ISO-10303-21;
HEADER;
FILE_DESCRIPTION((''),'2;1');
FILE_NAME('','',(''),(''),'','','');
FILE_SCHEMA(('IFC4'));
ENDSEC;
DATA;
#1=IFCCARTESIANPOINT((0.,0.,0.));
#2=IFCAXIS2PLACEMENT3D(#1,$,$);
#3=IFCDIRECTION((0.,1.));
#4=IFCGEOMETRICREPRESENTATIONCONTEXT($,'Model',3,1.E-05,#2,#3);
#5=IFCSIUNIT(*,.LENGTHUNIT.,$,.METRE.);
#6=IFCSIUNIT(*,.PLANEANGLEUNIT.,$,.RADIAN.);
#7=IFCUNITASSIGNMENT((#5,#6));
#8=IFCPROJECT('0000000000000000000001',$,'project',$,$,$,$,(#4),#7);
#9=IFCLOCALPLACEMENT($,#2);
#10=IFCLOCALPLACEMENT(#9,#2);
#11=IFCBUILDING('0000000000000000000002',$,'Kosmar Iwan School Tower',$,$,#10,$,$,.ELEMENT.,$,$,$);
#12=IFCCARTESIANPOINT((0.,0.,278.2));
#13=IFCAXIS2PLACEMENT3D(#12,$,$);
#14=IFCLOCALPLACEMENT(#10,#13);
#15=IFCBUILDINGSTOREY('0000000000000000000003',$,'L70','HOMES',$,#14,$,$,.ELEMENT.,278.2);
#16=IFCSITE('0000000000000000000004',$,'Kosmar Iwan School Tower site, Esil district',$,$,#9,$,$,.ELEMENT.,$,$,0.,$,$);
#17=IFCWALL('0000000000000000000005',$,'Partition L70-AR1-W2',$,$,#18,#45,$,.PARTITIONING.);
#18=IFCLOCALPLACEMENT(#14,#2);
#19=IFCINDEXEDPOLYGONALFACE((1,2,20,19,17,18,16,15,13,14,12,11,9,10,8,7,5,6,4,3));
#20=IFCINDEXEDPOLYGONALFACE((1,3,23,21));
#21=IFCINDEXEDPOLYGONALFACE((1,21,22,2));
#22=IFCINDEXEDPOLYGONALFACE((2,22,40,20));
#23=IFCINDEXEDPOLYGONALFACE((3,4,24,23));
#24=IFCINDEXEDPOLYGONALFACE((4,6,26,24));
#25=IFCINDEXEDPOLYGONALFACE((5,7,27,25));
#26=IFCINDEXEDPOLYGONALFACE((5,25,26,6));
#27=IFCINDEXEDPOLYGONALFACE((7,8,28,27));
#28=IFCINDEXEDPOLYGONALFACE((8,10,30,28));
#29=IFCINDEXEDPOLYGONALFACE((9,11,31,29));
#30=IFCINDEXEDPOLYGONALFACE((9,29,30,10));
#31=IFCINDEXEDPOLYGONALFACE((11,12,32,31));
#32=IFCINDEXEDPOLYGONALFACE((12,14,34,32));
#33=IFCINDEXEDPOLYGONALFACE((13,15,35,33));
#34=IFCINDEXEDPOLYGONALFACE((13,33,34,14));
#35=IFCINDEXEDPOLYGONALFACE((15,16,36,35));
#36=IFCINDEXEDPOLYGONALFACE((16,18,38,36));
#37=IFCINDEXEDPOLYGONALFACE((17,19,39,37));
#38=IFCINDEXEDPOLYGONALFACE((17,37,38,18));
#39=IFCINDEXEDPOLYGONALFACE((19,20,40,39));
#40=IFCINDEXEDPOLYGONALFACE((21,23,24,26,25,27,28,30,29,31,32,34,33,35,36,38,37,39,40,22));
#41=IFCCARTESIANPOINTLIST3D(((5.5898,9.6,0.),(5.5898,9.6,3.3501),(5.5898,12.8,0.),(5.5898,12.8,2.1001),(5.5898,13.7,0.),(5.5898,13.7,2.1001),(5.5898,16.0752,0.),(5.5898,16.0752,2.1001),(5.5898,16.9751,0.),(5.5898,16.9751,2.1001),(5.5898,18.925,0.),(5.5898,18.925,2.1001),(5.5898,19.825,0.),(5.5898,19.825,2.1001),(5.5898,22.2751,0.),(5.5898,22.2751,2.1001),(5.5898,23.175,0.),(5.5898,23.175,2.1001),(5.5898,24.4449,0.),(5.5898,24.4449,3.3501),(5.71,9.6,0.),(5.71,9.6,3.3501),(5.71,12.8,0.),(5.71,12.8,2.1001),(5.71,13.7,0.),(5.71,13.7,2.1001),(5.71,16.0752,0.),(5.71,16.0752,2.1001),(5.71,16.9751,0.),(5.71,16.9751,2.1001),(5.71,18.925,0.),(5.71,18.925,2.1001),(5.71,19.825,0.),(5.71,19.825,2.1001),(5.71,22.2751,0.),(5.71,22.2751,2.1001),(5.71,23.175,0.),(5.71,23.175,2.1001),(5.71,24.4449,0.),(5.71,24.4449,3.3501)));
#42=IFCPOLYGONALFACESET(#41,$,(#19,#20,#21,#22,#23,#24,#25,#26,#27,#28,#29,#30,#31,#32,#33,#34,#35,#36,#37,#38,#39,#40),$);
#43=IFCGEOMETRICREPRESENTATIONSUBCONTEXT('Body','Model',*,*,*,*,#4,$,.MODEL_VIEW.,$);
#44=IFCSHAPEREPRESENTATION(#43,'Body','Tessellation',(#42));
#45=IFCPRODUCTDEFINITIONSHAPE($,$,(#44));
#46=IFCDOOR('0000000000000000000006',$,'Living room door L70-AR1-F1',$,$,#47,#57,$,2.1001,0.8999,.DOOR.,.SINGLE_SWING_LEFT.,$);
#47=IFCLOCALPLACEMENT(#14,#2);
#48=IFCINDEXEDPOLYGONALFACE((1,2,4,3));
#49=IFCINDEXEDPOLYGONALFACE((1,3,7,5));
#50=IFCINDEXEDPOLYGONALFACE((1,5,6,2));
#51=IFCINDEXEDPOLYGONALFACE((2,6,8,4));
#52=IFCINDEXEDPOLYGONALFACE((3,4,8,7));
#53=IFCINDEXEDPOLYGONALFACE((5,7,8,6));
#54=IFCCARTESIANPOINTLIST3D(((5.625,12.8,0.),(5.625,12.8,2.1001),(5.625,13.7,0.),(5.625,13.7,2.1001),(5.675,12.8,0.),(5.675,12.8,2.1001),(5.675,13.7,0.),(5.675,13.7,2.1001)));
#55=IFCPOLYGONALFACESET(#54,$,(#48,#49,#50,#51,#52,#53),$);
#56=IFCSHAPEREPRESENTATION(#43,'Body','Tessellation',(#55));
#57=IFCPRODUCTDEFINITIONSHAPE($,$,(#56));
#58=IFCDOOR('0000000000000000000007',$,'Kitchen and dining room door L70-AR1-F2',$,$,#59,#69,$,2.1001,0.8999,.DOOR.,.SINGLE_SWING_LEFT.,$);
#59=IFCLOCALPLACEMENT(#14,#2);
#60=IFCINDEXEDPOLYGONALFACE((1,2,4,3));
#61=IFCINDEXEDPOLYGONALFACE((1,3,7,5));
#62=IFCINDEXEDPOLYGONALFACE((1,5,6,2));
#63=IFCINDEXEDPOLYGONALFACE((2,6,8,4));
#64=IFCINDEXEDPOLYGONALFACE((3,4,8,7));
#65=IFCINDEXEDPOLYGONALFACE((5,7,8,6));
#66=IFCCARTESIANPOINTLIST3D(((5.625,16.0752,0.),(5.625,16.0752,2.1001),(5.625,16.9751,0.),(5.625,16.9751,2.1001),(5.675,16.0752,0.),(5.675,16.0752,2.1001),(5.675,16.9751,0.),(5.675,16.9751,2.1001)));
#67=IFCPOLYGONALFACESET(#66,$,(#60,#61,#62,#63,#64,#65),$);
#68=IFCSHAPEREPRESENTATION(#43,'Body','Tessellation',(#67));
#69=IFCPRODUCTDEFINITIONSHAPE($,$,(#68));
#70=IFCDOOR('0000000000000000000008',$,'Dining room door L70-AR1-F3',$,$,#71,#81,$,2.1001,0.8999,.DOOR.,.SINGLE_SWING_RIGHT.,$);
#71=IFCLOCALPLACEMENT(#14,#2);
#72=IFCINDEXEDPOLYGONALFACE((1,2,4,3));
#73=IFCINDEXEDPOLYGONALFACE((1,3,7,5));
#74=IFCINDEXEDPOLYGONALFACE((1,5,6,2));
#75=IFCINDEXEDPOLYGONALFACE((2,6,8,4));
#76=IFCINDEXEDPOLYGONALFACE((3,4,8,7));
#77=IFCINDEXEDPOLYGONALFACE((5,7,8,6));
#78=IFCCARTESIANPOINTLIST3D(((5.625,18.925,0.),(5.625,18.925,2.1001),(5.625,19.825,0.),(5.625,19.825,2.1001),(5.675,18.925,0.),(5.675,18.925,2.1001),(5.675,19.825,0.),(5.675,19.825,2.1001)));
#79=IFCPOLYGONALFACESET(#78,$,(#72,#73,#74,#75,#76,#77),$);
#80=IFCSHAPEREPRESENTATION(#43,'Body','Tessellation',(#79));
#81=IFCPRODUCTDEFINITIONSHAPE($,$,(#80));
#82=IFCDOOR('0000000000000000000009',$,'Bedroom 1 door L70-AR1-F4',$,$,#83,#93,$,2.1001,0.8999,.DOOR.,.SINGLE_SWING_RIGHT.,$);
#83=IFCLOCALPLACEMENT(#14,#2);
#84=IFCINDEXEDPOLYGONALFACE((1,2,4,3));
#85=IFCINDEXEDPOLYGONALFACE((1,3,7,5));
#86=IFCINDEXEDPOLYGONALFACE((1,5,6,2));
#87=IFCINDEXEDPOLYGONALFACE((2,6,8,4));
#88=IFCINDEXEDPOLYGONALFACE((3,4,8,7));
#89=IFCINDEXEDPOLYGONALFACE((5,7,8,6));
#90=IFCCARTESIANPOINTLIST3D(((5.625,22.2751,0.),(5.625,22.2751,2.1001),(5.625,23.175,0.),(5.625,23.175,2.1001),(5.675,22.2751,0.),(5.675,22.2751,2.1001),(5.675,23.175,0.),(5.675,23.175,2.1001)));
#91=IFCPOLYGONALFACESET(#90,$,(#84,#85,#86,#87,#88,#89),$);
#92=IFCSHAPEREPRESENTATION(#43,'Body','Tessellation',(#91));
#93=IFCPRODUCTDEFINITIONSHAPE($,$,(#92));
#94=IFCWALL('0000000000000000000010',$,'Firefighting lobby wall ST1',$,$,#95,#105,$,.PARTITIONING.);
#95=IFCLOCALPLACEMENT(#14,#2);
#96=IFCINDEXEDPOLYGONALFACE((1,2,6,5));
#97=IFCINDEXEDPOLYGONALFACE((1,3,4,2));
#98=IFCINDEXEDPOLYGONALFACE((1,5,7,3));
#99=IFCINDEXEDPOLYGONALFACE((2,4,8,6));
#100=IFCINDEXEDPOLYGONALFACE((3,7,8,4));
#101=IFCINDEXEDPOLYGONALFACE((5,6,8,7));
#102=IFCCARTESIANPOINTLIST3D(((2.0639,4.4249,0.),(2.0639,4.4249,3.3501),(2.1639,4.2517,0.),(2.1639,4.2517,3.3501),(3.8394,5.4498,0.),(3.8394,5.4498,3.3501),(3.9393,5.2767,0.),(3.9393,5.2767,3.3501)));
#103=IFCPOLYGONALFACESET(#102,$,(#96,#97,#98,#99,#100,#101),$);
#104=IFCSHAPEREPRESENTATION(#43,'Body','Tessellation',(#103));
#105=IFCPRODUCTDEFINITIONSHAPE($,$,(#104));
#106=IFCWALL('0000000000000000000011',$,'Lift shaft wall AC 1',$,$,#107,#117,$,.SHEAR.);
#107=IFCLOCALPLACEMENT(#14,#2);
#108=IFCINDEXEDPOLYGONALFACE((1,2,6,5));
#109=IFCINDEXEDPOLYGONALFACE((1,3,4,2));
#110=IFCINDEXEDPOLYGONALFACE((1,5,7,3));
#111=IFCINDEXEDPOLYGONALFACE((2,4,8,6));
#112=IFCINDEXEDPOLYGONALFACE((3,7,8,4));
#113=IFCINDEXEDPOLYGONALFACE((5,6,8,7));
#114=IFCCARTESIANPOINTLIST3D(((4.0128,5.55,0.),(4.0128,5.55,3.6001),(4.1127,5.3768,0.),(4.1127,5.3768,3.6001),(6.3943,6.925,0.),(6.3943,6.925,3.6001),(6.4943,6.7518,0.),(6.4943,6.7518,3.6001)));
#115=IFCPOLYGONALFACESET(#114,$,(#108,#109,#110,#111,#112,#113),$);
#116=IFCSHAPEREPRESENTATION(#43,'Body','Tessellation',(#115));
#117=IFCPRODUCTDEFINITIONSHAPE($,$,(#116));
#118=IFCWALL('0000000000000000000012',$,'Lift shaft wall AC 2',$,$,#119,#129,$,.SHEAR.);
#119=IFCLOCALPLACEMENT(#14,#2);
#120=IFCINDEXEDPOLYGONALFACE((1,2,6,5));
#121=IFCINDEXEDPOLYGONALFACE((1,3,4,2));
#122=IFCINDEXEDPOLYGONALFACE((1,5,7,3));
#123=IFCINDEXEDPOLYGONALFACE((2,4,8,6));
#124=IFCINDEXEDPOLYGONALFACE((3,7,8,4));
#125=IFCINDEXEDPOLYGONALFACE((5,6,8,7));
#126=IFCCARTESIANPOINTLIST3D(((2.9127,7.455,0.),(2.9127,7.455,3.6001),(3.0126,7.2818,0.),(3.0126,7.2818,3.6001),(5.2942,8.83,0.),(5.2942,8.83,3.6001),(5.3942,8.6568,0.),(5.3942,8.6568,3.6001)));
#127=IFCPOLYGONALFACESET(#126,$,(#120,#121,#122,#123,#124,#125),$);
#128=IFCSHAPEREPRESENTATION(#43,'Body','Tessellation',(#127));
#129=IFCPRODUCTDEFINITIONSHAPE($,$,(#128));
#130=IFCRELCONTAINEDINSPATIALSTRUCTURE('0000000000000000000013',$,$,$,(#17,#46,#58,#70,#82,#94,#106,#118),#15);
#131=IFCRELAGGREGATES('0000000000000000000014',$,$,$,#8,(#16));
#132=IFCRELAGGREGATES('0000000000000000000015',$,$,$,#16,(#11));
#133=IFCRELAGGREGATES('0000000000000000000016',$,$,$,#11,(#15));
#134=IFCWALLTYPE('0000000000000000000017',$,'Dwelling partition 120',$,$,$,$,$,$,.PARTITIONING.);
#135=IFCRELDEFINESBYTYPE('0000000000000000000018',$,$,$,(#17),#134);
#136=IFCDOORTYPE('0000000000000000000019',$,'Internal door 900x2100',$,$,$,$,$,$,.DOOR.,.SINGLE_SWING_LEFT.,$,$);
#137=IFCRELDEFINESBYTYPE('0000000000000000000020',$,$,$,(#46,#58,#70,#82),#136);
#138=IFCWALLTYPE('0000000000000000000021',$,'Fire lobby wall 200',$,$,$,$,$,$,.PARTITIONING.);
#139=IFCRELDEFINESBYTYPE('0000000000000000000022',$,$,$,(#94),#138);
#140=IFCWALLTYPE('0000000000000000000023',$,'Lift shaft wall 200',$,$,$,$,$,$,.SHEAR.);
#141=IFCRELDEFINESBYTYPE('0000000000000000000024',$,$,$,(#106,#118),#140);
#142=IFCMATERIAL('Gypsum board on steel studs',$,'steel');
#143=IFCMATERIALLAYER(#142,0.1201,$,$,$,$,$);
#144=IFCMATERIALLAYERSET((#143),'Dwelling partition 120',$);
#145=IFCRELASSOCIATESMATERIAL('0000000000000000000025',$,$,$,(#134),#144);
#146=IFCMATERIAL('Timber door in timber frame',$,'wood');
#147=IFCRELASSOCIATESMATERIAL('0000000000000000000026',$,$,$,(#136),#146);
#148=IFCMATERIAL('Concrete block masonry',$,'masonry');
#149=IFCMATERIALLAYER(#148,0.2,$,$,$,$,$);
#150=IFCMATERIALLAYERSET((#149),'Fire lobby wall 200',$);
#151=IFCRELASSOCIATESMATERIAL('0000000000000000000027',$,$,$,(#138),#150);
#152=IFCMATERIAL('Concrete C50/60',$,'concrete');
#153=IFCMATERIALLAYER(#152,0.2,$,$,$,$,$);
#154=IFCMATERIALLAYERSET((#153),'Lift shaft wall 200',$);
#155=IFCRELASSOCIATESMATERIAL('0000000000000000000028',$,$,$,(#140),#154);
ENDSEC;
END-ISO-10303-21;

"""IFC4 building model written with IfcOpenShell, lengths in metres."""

from ifc_helpers import new_model, si_unit, direction, frame, frame_2d, origin, place, context, subcontext, project, spatial, rectangle, extrude, material, layer, layer_set, type_object, element, fill, save


model = new_model("IFC4")

# Units and contexts
model_context = context("Model", 3, precision=1e-05, world=origin(), true_north=direction((0.0, 1.0)))
body_context = subcontext(model_context, "Body", "Model", "MODEL_VIEW")
ifc_project = project(units=[si_unit("LENGTHUNIT", "METRE"), si_unit("PLANEANGLEUNIT", "RADIAN")], contexts=[model_context])

# Site, building, storey
site_placement = place(None, origin())
site = spatial("IfcSite", under=ifc_project, at=site_placement, Name="Kosmar Iwan School Tower site, Esil district", CompositionType="ELEMENT", RefElevation=0.0)
building_placement = place(site_placement, origin())
building = spatial("IfcBuilding", under=site, at=building_placement, Name="Kosmar Iwan School Tower", CompositionType="ELEMENT")
storey_placement = place(building_placement, frame((0.0, 0.0, 278.2)))
storey = spatial("IfcBuildingStorey", under=building, at=storey_placement, Name="L70", Description="HOMES", CompositionType="ELEMENT", Elevation=278.2)

# Wall, openings, doors
ifc_material_1 = material(Name="Gypsum board on steel studs", Category="steel")
ifc_layer_1 = layer(ifc_material_1, 0.1201)
ifc_layer_set_1 = layer_set([ifc_layer_1], Name="Dwelling partition 120")
wall_type_1 = type_object("IfcWallType", Name="Dwelling partition 120", PredefinedType="PARTITIONING", material=ifc_layer_set_1)
ifc_material_2 = material(Name="Timber door in timber frame", Category="wood")
door_type_1 = type_object("IfcDoorType", Name="Internal door 900x2100", OperationType="SINGLE_SWING_LEFT", PredefinedType="DOOR", material=ifc_material_2)
wall_1_placement = place(storey_placement, frame((5.6499, 9.6001, 0.0), z_axis=(0.0, 0.0, 1.0), x_axis=(0.0, 1.0, 0.0)))
wall_1 = element("IfcWall", 1, at=wall_1_placement, inside=storey, type_object=wall_type_1, Name="Partition L70-AR1-W2", PredefinedType="PARTITIONING", context=body_context, shape_type="SweptSolid", body=[
    extrude(rectangle(XDim=14.845, YDim=0.1201, at=frame_2d((7.4224, 0.0))), origin(), (0.0, 0.0, 1.0), 3.3501),
])
opening_1_placement = place(wall_1_placement, frame((3.2, 0.0, 0.0)))
opening_1 = element("IfcOpeningElement", 2, at=opening_1_placement, cuts=wall_1, PredefinedType="OPENING", context=body_context, shape_type="SweptSolid", body=[
    extrude(rectangle(XDim=0.8999, YDim=2.1001, at=frame_2d((0.45, 1.05))), frame((0.0, 0.072, 0.0), z_axis=(0.0, -1.0, 0.0), x_axis=(1.0, 0.0, 0.0)), (0.0, 0.0, 1.0), 0.144),
])
opening_2_placement = place(wall_1_placement, frame((6.4751, 0.0, 0.0)))
opening_2 = element("IfcOpeningElement", 3, at=opening_2_placement, cuts=wall_1, PredefinedType="OPENING", context=body_context, shape_type="SweptSolid", body=[
    extrude(rectangle(XDim=0.8999, YDim=2.1001, at=frame_2d((0.45, 1.05))), frame((0.0, 0.072, 0.0), z_axis=(0.0, -1.0, 0.0), x_axis=(1.0, 0.0, 0.0)), (0.0, 0.0, 1.0), 0.144),
])
opening_3_placement = place(wall_1_placement, frame((9.325, 0.0, 0.0)))
opening_3 = element("IfcOpeningElement", 4, at=opening_3_placement, cuts=wall_1, PredefinedType="OPENING", context=body_context, shape_type="SweptSolid", body=[
    extrude(rectangle(XDim=0.8999, YDim=2.1001, at=frame_2d((0.45, 1.05))), frame((0.0, 0.072, 0.0), z_axis=(0.0, -1.0, 0.0), x_axis=(1.0, 0.0, 0.0)), (0.0, 0.0, 1.0), 0.144),
])
opening_4_placement = place(wall_1_placement, frame((12.675, 0.0, 0.0)))
opening_4 = element("IfcOpeningElement", 5, at=opening_4_placement, cuts=wall_1, PredefinedType="OPENING", context=body_context, shape_type="SweptSolid", body=[
    extrude(rectangle(XDim=0.8999, YDim=2.1001, at=frame_2d((0.45, 1.05))), frame((0.0, 0.072, 0.0), z_axis=(0.0, -1.0, 0.0), x_axis=(1.0, 0.0, 0.0)), (0.0, 0.0, 1.0), 0.144),
])
door_1_placement = place(opening_1_placement, origin())
door_1 = element("IfcDoor", 6, at=door_1_placement, inside=storey, type_object=door_type_1, Name="Living room door L70-AR1-F1", OperationType="SINGLE_SWING_LEFT", OverallHeight=2.1001, OverallWidth=0.8999, PredefinedType="DOOR", context=body_context, shape_type="SweptSolid", body=[
    extrude(rectangle(XDim=0.8999, YDim=2.1001, at=frame_2d((0.45, 1.05))), frame((0.0, 0.0249, 0.0), z_axis=(0.0, -1.0, 0.0), x_axis=(1.0, 0.0, 0.0)), (0.0, 0.0, 1.0), 0.05),
])
fill(opening_1, door_1)
door_2_placement = place(opening_2_placement, origin())
door_2 = element("IfcDoor", 7, at=door_2_placement, inside=storey, type_object=door_type_1, Name="Kitchen and dining room door L70-AR1-F2", OperationType="SINGLE_SWING_LEFT", OverallHeight=2.1001, OverallWidth=0.8999, PredefinedType="DOOR", context=body_context, shape_type="SweptSolid", body=[
    extrude(rectangle(XDim=0.8999, YDim=2.1001, at=frame_2d((0.45, 1.05))), frame((0.0, 0.0249, 0.0), z_axis=(0.0, -1.0, 0.0), x_axis=(1.0, 0.0, 0.0)), (0.0, 0.0, 1.0), 0.05),
])
fill(opening_2, door_2)
door_3_placement = place(opening_3_placement, origin())
door_3 = element("IfcDoor", 8, at=door_3_placement, inside=storey, type_object=door_type_1, Name="Dining room door L70-AR1-F3", OperationType="SINGLE_SWING_RIGHT", OverallHeight=2.1001, OverallWidth=0.8999, PredefinedType="DOOR", context=body_context, shape_type="SweptSolid", body=[
    extrude(rectangle(XDim=0.8999, YDim=2.1001, at=frame_2d((0.45, 1.05))), frame((0.0, 0.0249, 0.0), z_axis=(0.0, -1.0, 0.0), x_axis=(1.0, 0.0, 0.0)), (0.0, 0.0, 1.0), 0.05),
])
fill(opening_3, door_3)
door_4_placement = place(opening_4_placement, origin())
door_4 = element("IfcDoor", 9, at=door_4_placement, inside=storey, type_object=door_type_1, Name="Bedroom 1 door L70-AR1-F4", OperationType="SINGLE_SWING_RIGHT", OverallHeight=2.1001, OverallWidth=0.8999, PredefinedType="DOOR", context=body_context, shape_type="SweptSolid", body=[
    extrude(rectangle(XDim=0.8999, YDim=2.1001, at=frame_2d((0.45, 1.05))), frame((0.0, 0.0249, 0.0), z_axis=(0.0, -1.0, 0.0), x_axis=(1.0, 0.0, 0.0)), (0.0, 0.0, 1.0), 0.05),
])
fill(opening_4, door_4)

# Walls
ifc_material_3 = material(Name="Concrete block masonry", Category="masonry")
ifc_layer_2 = layer(ifc_material_3, 0.2)
ifc_layer_set_2 = layer_set([ifc_layer_2], Name="Fire lobby wall 200")
wall_type_2 = type_object("IfcWallType", Name="Fire lobby wall 200", PredefinedType="PARTITIONING", material=ifc_layer_set_2)
wall_2_placement = place(storey_placement, frame((2.114, 4.3384, 0.0), z_axis=(0.0, 0.0, 1.0), x_axis=(0.866051, 0.499956, 0.0)))
element("IfcWall", 10, at=wall_2_placement, inside=storey, type_object=wall_type_2, Name="Firefighting lobby wall ST1", PredefinedType="PARTITIONING", context=body_context, shape_type="SweptSolid", body=[
    extrude(rectangle(XDim=2.05, YDim=0.2, at=frame_2d((1.0249, 0.0))), origin(), (0.0, 0.0, 1.0), 3.3501),
])
ifc_material_4 = material(Name="Concrete C50/60", Category="concrete")
ifc_layer_3 = layer(ifc_material_4, 0.2)
ifc_layer_set_3 = layer_set([ifc_layer_3], Name="Lift shaft wall 200")
wall_type_3 = type_object("IfcWallType", Name="Lift shaft wall 200", PredefinedType="SHEAR", material=ifc_layer_set_3)
for number, where, z_axis, x_axis, name in (
    (11, (4.0627, 5.4634, 0.0), (0.0, 0.0, 1.0), (0.866027, 0.499997, 0.0), "Lift shaft wall AC 1"),
    (12, (2.9626, 7.3684, 0.0), (0.0, 0.0, 1.0), (0.866027, 0.499997, 0.0), "Lift shaft wall AC 2"),
):
    element("IfcWall", number, at=place(storey_placement, frame(where, z_axis=z_axis, x_axis=x_axis)), inside=storey, type_object=wall_type_3, Name=name, PredefinedType="SHEAR", context=body_context, shape_type="SweptSolid", body=[
        extrude(rectangle(XDim=2.75, YDim=0.2, at=frame_2d((1.375, 0.0))), origin(), (0.0, 0.0, 1.0), 3.6001),
    ])

save(model, "model.ifc")
